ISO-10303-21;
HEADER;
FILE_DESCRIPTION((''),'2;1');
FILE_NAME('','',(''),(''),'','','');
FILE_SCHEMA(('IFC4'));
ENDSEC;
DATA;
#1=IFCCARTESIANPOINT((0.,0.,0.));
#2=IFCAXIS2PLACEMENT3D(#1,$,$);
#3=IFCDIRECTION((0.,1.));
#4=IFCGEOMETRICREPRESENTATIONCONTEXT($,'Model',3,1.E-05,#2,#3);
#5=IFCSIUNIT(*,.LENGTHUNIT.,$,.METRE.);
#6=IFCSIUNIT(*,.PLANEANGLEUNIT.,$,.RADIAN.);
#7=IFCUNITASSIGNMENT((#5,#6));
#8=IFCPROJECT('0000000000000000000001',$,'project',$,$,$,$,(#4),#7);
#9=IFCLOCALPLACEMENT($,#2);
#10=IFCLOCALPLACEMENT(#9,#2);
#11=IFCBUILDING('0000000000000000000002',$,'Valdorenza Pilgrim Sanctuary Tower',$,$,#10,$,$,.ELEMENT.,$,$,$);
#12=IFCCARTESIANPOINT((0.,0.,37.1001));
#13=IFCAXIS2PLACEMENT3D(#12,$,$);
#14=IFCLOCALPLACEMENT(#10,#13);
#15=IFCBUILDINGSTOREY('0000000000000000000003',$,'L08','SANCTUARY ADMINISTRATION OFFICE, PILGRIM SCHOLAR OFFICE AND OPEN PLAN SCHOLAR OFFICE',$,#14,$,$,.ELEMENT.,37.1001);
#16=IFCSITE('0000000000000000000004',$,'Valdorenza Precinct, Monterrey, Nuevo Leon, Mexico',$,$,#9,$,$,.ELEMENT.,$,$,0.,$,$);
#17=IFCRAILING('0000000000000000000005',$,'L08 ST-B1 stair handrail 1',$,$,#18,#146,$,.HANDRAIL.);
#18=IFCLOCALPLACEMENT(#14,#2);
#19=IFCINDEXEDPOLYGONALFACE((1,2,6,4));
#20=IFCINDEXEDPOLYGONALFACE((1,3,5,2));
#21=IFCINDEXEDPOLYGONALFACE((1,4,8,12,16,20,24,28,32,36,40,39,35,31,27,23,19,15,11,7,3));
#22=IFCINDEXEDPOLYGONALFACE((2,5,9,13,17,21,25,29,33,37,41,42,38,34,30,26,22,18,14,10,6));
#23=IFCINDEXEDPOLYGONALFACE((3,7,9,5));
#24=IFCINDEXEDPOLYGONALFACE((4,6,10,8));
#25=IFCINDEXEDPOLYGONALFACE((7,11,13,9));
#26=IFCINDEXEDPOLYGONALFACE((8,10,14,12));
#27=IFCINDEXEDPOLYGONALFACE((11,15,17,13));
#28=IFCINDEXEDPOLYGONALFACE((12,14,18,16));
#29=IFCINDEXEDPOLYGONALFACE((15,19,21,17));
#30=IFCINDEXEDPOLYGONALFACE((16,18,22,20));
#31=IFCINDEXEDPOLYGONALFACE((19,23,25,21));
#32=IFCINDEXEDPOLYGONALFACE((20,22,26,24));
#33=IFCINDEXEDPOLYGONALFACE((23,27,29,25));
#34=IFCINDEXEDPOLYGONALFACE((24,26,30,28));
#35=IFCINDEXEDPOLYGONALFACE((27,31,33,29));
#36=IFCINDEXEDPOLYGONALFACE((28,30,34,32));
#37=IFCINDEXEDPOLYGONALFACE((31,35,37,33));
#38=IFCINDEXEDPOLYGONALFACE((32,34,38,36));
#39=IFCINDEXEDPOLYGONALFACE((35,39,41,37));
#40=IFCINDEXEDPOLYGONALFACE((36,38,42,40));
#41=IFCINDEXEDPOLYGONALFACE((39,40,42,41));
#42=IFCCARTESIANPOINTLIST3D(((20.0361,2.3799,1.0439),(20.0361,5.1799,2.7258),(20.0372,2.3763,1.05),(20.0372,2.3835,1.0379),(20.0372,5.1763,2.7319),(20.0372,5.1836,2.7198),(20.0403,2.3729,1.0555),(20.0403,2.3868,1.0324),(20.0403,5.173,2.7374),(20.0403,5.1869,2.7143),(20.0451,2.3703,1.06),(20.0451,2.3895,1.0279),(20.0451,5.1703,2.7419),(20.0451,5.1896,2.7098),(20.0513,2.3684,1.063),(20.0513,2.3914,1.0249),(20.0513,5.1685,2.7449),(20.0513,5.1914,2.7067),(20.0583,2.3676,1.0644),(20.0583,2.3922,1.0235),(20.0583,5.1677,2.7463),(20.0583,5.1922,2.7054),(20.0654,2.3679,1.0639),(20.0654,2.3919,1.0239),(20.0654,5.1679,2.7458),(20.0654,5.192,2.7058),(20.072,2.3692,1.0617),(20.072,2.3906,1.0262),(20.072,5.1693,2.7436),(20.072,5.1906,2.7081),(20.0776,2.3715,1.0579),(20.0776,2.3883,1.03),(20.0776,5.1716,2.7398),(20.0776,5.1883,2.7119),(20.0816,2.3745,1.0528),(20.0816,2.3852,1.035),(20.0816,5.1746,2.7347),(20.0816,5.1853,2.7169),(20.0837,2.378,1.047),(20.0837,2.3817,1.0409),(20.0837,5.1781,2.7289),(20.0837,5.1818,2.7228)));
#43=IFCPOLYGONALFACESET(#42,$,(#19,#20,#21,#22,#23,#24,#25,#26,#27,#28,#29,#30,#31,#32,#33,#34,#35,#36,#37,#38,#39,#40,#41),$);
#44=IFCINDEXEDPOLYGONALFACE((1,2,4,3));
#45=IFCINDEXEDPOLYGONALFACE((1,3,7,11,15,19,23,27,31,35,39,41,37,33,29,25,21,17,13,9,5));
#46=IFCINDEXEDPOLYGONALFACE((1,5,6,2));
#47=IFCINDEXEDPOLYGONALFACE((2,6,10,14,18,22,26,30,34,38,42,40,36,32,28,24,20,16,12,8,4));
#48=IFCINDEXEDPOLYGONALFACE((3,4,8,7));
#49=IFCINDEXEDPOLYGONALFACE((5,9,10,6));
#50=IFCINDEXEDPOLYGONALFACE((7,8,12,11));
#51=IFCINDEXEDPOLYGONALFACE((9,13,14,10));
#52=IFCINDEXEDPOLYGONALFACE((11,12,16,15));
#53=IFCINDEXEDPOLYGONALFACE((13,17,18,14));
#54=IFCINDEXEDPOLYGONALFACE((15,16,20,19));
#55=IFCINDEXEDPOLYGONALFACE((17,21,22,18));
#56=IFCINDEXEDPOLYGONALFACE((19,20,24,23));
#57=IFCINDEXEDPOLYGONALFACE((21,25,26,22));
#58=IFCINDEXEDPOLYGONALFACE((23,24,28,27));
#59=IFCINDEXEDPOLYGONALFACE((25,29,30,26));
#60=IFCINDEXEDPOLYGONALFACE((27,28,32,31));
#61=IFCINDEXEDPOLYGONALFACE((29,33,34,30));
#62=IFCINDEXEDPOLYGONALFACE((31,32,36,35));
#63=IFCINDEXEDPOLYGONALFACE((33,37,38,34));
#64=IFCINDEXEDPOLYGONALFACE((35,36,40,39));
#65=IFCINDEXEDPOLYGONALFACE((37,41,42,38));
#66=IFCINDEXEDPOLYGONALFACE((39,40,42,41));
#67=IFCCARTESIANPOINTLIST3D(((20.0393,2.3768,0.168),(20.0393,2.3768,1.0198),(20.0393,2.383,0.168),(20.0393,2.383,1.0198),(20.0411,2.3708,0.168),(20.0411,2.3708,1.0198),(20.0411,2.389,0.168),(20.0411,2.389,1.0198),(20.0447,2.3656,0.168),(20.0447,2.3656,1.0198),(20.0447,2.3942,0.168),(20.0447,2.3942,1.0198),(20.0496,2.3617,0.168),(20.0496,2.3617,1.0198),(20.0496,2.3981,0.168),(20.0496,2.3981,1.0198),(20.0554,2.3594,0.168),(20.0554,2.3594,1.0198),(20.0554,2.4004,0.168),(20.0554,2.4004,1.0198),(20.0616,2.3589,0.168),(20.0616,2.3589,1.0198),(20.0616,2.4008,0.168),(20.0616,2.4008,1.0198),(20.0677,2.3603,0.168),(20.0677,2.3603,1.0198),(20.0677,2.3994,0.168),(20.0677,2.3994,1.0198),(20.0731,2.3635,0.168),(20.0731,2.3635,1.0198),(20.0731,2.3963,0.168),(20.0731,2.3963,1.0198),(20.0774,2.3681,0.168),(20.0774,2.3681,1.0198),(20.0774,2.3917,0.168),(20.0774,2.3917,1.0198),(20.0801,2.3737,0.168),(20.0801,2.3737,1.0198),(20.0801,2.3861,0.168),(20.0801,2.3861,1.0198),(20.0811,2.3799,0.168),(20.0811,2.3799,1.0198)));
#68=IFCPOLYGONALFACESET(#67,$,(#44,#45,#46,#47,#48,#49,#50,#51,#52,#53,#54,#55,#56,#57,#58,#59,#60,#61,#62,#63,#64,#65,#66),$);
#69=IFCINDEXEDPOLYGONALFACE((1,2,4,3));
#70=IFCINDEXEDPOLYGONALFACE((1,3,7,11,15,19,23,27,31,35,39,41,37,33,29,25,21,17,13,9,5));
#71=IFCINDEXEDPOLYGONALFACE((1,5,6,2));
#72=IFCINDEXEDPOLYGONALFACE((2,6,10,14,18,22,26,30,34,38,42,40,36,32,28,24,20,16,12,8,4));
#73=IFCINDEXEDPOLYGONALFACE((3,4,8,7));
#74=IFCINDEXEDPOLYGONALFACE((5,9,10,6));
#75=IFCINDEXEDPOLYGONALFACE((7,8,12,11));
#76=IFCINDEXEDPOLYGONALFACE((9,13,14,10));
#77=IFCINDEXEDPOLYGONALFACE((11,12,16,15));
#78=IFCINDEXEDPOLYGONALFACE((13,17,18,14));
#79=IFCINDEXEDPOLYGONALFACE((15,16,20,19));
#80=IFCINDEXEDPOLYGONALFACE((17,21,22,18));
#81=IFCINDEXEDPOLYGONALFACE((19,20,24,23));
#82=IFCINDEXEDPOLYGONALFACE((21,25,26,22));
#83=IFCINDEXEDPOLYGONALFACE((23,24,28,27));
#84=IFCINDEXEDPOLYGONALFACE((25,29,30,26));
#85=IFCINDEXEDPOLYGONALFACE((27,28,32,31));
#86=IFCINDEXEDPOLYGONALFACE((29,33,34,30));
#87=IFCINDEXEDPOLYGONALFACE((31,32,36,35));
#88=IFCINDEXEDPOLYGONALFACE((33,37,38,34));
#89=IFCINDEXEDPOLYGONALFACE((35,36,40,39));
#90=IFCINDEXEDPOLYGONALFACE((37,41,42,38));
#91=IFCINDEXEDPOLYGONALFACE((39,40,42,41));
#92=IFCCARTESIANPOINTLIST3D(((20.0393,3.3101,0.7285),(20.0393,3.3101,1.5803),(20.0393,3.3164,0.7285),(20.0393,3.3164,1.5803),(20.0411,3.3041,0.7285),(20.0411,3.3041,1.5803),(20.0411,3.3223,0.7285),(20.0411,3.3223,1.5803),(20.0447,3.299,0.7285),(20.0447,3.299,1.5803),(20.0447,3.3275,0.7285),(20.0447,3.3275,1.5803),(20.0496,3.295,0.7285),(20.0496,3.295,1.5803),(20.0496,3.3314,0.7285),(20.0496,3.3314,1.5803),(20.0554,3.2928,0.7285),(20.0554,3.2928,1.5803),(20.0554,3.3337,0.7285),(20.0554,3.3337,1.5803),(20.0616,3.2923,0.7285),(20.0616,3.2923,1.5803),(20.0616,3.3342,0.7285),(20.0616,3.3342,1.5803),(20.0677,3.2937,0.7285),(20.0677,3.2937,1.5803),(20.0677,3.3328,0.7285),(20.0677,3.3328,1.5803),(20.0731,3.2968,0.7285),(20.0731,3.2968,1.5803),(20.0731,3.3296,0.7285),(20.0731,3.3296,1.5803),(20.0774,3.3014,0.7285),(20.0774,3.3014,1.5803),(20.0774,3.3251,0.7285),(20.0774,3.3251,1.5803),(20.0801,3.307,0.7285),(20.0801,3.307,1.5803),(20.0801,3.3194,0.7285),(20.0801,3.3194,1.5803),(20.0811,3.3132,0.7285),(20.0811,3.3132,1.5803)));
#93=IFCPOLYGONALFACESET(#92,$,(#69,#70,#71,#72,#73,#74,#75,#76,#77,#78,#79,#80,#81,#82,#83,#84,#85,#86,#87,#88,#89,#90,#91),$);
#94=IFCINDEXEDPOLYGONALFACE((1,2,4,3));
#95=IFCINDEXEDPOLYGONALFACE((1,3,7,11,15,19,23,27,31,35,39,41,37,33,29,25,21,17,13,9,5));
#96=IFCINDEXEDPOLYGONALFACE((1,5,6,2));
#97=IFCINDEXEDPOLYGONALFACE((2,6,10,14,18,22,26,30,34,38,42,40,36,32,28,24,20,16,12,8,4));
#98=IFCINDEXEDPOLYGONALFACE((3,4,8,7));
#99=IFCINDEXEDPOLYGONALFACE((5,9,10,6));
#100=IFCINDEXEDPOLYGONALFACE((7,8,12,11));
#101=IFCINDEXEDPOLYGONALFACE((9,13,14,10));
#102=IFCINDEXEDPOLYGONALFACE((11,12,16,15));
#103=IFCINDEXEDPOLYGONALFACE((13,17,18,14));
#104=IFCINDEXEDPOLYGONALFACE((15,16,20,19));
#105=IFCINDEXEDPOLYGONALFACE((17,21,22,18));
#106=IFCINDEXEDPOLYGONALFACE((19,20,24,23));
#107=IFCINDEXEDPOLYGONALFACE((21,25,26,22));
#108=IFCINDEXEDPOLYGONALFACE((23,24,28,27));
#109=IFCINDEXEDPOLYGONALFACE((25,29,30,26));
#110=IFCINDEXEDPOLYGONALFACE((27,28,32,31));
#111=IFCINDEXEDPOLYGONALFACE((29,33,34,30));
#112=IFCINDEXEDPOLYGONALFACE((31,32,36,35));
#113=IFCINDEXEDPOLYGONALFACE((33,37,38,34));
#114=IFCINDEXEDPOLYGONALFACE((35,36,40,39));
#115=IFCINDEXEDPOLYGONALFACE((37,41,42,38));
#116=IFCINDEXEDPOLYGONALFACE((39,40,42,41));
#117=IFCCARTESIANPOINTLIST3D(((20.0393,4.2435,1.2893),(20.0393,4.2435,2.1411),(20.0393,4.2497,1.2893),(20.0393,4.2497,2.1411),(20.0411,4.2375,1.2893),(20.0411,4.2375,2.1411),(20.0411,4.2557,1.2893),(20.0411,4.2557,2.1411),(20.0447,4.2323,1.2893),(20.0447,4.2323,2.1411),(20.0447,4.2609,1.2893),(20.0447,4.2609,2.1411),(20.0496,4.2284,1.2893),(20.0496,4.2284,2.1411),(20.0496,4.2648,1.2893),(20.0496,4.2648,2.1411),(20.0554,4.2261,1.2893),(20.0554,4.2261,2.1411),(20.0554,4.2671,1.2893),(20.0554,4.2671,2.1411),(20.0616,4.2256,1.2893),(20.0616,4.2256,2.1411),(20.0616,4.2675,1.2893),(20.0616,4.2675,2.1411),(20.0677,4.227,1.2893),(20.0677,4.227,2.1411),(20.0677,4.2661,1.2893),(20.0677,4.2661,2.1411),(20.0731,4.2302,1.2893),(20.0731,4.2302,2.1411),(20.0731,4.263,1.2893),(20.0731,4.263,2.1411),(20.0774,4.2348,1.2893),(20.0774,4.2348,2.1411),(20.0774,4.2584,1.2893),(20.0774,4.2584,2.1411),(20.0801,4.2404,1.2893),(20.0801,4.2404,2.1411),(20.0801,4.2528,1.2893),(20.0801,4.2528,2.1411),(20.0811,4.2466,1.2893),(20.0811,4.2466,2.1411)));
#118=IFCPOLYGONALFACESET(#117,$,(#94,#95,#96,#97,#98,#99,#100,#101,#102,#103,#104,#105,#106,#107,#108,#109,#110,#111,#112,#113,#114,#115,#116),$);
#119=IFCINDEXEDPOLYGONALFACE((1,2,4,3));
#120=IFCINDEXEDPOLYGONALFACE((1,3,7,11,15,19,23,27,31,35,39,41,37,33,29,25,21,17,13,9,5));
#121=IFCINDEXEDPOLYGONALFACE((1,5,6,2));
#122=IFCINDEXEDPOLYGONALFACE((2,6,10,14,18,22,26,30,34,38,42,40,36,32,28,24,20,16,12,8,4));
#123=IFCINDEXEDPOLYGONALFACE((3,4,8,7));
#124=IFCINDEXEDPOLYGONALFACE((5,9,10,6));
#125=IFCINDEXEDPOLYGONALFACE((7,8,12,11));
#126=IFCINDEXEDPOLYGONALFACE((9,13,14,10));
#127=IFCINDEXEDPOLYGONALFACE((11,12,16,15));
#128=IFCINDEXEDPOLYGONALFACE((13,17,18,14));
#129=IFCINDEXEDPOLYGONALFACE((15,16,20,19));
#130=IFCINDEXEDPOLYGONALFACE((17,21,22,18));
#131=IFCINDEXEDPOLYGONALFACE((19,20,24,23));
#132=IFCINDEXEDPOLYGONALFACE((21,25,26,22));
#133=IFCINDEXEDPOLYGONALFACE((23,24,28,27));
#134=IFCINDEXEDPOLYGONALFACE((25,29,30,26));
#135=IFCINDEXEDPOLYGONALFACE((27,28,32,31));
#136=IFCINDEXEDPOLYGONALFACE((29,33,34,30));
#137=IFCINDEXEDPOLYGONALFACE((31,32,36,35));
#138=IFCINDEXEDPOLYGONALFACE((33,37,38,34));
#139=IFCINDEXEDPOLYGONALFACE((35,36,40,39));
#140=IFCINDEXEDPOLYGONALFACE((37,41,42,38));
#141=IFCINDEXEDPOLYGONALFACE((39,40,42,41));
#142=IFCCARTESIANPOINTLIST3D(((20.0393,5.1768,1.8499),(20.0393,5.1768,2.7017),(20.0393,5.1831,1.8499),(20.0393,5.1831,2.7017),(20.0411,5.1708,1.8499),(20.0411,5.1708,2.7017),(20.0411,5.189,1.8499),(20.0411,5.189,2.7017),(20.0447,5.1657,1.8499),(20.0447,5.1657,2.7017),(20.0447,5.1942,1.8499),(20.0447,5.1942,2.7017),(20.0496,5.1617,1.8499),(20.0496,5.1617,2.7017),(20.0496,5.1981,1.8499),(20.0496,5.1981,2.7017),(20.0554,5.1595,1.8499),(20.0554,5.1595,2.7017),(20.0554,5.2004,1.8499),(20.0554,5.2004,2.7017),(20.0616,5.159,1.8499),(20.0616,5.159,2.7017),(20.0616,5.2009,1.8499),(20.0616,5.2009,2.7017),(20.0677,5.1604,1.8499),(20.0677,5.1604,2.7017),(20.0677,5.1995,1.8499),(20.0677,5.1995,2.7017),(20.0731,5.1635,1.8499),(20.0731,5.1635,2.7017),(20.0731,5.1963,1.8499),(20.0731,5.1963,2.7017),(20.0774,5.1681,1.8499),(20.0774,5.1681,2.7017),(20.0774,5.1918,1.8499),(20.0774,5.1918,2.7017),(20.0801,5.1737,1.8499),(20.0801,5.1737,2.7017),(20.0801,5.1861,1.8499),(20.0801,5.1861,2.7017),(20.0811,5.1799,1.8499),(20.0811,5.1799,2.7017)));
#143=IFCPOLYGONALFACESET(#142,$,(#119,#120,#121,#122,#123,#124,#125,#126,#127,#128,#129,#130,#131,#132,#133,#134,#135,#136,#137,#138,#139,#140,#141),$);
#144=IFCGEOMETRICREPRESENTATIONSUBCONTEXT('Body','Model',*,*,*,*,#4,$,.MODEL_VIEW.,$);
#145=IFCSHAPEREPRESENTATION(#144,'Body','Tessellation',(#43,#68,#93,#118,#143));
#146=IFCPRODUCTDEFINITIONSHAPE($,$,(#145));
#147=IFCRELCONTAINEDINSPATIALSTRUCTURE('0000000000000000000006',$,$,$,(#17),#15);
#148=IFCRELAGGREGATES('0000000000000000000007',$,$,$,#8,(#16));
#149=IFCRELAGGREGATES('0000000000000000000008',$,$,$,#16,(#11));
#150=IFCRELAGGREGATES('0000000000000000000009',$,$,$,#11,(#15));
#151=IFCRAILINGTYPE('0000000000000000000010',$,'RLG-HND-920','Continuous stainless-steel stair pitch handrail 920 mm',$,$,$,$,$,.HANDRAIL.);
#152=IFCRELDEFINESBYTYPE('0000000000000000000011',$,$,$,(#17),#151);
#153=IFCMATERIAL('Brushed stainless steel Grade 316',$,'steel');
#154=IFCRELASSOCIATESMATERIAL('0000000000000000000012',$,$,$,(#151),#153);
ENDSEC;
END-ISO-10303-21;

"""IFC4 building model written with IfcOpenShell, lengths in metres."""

from ifc_helpers import new_model, si_unit, direction, frame, origin, origin_2d, place, context, subcontext, project, spatial, circle, extrude, material, type_object, element, save


model = new_model("IFC4")

# Units and contexts
model_context = context("Model", 3, precision=1e-05, world=origin(), true_north=direction((0.0, 1.0)))
body_context = subcontext(model_context, "Body", "Model", "MODEL_VIEW")
ifc_project = project(units=[si_unit("LENGTHUNIT", "METRE"), si_unit("PLANEANGLEUNIT", "RADIAN")], contexts=[model_context])

# Site, building, storey
site_placement = place(None, origin())
site = spatial("IfcSite", under=ifc_project, at=site_placement, Name="Valdorenza Precinct, Monterrey, Nuevo Leon, Mexico", CompositionType="ELEMENT", RefElevation=0.0)
building_placement = place(site_placement, origin())
building = spatial("IfcBuilding", under=site, at=building_placement, Name="Valdorenza Pilgrim Sanctuary Tower", CompositionType="ELEMENT")
storey_placement = place(building_placement, frame((0.0, 0.0, 37.1001)))
storey = spatial("IfcBuildingStorey", under=building, at=storey_placement, Name="L08", Description="SANCTUARY ADMINISTRATION OFFICE, PILGRIM SCHOLAR OFFICE AND OPEN PLAN SCHOLAR OFFICE", CompositionType="ELEMENT", Elevation=37.1001)

# Railing
ifc_material_1 = material(Name="Brushed stainless steel Grade 316", Category="steel")
railing_type_1 = type_object("IfcRailingType", Name="RLG-HND-920", Description="Continuous stainless-steel stair pitch handrail 920 mm", PredefinedType="HANDRAIL", material=ifc_material_1)
railing_1_placement = place(storey_placement, frame((20.0601, 2.3799, 0.168)))
element("IfcRailing", 1, at=railing_1_placement, inside=storey, type_object=railing_type_1, Name="L08 ST-B1 stair handrail 1", PredefinedType="HANDRAIL", context=body_context, shape_type="SweptSolid", body=[
    extrude(circle(Radius=0.0239, at=origin_2d()), frame((0.0, 0.0, 0.876), z_axis=(0.0, 0.857242, 0.514913), x_axis=(-1.0, 0.0, 0.0)), (0.0, 0.0, 1.0), 3.2664),
    extrude(circle(Radius=0.021, at=origin_2d()), origin(), (0.0, 0.0, 1.0), 0.8518),
    extrude(circle(Radius=0.021, at=origin_2d()), frame((0.0, 0.9333, 0.5605)), (0.0, 0.0, 1.0), 0.8518),
    extrude(circle(Radius=0.021, at=origin_2d()), frame((0.0, 1.8667, 1.1213)), (0.0, 0.0, 1.0), 0.8518),
    extrude(circle(Radius=0.021, at=origin_2d()), frame((0.0, 2.8, 1.6819)), (0.0, 0.0, 1.0), 0.8518),
])

save(model, "model.ifc")
